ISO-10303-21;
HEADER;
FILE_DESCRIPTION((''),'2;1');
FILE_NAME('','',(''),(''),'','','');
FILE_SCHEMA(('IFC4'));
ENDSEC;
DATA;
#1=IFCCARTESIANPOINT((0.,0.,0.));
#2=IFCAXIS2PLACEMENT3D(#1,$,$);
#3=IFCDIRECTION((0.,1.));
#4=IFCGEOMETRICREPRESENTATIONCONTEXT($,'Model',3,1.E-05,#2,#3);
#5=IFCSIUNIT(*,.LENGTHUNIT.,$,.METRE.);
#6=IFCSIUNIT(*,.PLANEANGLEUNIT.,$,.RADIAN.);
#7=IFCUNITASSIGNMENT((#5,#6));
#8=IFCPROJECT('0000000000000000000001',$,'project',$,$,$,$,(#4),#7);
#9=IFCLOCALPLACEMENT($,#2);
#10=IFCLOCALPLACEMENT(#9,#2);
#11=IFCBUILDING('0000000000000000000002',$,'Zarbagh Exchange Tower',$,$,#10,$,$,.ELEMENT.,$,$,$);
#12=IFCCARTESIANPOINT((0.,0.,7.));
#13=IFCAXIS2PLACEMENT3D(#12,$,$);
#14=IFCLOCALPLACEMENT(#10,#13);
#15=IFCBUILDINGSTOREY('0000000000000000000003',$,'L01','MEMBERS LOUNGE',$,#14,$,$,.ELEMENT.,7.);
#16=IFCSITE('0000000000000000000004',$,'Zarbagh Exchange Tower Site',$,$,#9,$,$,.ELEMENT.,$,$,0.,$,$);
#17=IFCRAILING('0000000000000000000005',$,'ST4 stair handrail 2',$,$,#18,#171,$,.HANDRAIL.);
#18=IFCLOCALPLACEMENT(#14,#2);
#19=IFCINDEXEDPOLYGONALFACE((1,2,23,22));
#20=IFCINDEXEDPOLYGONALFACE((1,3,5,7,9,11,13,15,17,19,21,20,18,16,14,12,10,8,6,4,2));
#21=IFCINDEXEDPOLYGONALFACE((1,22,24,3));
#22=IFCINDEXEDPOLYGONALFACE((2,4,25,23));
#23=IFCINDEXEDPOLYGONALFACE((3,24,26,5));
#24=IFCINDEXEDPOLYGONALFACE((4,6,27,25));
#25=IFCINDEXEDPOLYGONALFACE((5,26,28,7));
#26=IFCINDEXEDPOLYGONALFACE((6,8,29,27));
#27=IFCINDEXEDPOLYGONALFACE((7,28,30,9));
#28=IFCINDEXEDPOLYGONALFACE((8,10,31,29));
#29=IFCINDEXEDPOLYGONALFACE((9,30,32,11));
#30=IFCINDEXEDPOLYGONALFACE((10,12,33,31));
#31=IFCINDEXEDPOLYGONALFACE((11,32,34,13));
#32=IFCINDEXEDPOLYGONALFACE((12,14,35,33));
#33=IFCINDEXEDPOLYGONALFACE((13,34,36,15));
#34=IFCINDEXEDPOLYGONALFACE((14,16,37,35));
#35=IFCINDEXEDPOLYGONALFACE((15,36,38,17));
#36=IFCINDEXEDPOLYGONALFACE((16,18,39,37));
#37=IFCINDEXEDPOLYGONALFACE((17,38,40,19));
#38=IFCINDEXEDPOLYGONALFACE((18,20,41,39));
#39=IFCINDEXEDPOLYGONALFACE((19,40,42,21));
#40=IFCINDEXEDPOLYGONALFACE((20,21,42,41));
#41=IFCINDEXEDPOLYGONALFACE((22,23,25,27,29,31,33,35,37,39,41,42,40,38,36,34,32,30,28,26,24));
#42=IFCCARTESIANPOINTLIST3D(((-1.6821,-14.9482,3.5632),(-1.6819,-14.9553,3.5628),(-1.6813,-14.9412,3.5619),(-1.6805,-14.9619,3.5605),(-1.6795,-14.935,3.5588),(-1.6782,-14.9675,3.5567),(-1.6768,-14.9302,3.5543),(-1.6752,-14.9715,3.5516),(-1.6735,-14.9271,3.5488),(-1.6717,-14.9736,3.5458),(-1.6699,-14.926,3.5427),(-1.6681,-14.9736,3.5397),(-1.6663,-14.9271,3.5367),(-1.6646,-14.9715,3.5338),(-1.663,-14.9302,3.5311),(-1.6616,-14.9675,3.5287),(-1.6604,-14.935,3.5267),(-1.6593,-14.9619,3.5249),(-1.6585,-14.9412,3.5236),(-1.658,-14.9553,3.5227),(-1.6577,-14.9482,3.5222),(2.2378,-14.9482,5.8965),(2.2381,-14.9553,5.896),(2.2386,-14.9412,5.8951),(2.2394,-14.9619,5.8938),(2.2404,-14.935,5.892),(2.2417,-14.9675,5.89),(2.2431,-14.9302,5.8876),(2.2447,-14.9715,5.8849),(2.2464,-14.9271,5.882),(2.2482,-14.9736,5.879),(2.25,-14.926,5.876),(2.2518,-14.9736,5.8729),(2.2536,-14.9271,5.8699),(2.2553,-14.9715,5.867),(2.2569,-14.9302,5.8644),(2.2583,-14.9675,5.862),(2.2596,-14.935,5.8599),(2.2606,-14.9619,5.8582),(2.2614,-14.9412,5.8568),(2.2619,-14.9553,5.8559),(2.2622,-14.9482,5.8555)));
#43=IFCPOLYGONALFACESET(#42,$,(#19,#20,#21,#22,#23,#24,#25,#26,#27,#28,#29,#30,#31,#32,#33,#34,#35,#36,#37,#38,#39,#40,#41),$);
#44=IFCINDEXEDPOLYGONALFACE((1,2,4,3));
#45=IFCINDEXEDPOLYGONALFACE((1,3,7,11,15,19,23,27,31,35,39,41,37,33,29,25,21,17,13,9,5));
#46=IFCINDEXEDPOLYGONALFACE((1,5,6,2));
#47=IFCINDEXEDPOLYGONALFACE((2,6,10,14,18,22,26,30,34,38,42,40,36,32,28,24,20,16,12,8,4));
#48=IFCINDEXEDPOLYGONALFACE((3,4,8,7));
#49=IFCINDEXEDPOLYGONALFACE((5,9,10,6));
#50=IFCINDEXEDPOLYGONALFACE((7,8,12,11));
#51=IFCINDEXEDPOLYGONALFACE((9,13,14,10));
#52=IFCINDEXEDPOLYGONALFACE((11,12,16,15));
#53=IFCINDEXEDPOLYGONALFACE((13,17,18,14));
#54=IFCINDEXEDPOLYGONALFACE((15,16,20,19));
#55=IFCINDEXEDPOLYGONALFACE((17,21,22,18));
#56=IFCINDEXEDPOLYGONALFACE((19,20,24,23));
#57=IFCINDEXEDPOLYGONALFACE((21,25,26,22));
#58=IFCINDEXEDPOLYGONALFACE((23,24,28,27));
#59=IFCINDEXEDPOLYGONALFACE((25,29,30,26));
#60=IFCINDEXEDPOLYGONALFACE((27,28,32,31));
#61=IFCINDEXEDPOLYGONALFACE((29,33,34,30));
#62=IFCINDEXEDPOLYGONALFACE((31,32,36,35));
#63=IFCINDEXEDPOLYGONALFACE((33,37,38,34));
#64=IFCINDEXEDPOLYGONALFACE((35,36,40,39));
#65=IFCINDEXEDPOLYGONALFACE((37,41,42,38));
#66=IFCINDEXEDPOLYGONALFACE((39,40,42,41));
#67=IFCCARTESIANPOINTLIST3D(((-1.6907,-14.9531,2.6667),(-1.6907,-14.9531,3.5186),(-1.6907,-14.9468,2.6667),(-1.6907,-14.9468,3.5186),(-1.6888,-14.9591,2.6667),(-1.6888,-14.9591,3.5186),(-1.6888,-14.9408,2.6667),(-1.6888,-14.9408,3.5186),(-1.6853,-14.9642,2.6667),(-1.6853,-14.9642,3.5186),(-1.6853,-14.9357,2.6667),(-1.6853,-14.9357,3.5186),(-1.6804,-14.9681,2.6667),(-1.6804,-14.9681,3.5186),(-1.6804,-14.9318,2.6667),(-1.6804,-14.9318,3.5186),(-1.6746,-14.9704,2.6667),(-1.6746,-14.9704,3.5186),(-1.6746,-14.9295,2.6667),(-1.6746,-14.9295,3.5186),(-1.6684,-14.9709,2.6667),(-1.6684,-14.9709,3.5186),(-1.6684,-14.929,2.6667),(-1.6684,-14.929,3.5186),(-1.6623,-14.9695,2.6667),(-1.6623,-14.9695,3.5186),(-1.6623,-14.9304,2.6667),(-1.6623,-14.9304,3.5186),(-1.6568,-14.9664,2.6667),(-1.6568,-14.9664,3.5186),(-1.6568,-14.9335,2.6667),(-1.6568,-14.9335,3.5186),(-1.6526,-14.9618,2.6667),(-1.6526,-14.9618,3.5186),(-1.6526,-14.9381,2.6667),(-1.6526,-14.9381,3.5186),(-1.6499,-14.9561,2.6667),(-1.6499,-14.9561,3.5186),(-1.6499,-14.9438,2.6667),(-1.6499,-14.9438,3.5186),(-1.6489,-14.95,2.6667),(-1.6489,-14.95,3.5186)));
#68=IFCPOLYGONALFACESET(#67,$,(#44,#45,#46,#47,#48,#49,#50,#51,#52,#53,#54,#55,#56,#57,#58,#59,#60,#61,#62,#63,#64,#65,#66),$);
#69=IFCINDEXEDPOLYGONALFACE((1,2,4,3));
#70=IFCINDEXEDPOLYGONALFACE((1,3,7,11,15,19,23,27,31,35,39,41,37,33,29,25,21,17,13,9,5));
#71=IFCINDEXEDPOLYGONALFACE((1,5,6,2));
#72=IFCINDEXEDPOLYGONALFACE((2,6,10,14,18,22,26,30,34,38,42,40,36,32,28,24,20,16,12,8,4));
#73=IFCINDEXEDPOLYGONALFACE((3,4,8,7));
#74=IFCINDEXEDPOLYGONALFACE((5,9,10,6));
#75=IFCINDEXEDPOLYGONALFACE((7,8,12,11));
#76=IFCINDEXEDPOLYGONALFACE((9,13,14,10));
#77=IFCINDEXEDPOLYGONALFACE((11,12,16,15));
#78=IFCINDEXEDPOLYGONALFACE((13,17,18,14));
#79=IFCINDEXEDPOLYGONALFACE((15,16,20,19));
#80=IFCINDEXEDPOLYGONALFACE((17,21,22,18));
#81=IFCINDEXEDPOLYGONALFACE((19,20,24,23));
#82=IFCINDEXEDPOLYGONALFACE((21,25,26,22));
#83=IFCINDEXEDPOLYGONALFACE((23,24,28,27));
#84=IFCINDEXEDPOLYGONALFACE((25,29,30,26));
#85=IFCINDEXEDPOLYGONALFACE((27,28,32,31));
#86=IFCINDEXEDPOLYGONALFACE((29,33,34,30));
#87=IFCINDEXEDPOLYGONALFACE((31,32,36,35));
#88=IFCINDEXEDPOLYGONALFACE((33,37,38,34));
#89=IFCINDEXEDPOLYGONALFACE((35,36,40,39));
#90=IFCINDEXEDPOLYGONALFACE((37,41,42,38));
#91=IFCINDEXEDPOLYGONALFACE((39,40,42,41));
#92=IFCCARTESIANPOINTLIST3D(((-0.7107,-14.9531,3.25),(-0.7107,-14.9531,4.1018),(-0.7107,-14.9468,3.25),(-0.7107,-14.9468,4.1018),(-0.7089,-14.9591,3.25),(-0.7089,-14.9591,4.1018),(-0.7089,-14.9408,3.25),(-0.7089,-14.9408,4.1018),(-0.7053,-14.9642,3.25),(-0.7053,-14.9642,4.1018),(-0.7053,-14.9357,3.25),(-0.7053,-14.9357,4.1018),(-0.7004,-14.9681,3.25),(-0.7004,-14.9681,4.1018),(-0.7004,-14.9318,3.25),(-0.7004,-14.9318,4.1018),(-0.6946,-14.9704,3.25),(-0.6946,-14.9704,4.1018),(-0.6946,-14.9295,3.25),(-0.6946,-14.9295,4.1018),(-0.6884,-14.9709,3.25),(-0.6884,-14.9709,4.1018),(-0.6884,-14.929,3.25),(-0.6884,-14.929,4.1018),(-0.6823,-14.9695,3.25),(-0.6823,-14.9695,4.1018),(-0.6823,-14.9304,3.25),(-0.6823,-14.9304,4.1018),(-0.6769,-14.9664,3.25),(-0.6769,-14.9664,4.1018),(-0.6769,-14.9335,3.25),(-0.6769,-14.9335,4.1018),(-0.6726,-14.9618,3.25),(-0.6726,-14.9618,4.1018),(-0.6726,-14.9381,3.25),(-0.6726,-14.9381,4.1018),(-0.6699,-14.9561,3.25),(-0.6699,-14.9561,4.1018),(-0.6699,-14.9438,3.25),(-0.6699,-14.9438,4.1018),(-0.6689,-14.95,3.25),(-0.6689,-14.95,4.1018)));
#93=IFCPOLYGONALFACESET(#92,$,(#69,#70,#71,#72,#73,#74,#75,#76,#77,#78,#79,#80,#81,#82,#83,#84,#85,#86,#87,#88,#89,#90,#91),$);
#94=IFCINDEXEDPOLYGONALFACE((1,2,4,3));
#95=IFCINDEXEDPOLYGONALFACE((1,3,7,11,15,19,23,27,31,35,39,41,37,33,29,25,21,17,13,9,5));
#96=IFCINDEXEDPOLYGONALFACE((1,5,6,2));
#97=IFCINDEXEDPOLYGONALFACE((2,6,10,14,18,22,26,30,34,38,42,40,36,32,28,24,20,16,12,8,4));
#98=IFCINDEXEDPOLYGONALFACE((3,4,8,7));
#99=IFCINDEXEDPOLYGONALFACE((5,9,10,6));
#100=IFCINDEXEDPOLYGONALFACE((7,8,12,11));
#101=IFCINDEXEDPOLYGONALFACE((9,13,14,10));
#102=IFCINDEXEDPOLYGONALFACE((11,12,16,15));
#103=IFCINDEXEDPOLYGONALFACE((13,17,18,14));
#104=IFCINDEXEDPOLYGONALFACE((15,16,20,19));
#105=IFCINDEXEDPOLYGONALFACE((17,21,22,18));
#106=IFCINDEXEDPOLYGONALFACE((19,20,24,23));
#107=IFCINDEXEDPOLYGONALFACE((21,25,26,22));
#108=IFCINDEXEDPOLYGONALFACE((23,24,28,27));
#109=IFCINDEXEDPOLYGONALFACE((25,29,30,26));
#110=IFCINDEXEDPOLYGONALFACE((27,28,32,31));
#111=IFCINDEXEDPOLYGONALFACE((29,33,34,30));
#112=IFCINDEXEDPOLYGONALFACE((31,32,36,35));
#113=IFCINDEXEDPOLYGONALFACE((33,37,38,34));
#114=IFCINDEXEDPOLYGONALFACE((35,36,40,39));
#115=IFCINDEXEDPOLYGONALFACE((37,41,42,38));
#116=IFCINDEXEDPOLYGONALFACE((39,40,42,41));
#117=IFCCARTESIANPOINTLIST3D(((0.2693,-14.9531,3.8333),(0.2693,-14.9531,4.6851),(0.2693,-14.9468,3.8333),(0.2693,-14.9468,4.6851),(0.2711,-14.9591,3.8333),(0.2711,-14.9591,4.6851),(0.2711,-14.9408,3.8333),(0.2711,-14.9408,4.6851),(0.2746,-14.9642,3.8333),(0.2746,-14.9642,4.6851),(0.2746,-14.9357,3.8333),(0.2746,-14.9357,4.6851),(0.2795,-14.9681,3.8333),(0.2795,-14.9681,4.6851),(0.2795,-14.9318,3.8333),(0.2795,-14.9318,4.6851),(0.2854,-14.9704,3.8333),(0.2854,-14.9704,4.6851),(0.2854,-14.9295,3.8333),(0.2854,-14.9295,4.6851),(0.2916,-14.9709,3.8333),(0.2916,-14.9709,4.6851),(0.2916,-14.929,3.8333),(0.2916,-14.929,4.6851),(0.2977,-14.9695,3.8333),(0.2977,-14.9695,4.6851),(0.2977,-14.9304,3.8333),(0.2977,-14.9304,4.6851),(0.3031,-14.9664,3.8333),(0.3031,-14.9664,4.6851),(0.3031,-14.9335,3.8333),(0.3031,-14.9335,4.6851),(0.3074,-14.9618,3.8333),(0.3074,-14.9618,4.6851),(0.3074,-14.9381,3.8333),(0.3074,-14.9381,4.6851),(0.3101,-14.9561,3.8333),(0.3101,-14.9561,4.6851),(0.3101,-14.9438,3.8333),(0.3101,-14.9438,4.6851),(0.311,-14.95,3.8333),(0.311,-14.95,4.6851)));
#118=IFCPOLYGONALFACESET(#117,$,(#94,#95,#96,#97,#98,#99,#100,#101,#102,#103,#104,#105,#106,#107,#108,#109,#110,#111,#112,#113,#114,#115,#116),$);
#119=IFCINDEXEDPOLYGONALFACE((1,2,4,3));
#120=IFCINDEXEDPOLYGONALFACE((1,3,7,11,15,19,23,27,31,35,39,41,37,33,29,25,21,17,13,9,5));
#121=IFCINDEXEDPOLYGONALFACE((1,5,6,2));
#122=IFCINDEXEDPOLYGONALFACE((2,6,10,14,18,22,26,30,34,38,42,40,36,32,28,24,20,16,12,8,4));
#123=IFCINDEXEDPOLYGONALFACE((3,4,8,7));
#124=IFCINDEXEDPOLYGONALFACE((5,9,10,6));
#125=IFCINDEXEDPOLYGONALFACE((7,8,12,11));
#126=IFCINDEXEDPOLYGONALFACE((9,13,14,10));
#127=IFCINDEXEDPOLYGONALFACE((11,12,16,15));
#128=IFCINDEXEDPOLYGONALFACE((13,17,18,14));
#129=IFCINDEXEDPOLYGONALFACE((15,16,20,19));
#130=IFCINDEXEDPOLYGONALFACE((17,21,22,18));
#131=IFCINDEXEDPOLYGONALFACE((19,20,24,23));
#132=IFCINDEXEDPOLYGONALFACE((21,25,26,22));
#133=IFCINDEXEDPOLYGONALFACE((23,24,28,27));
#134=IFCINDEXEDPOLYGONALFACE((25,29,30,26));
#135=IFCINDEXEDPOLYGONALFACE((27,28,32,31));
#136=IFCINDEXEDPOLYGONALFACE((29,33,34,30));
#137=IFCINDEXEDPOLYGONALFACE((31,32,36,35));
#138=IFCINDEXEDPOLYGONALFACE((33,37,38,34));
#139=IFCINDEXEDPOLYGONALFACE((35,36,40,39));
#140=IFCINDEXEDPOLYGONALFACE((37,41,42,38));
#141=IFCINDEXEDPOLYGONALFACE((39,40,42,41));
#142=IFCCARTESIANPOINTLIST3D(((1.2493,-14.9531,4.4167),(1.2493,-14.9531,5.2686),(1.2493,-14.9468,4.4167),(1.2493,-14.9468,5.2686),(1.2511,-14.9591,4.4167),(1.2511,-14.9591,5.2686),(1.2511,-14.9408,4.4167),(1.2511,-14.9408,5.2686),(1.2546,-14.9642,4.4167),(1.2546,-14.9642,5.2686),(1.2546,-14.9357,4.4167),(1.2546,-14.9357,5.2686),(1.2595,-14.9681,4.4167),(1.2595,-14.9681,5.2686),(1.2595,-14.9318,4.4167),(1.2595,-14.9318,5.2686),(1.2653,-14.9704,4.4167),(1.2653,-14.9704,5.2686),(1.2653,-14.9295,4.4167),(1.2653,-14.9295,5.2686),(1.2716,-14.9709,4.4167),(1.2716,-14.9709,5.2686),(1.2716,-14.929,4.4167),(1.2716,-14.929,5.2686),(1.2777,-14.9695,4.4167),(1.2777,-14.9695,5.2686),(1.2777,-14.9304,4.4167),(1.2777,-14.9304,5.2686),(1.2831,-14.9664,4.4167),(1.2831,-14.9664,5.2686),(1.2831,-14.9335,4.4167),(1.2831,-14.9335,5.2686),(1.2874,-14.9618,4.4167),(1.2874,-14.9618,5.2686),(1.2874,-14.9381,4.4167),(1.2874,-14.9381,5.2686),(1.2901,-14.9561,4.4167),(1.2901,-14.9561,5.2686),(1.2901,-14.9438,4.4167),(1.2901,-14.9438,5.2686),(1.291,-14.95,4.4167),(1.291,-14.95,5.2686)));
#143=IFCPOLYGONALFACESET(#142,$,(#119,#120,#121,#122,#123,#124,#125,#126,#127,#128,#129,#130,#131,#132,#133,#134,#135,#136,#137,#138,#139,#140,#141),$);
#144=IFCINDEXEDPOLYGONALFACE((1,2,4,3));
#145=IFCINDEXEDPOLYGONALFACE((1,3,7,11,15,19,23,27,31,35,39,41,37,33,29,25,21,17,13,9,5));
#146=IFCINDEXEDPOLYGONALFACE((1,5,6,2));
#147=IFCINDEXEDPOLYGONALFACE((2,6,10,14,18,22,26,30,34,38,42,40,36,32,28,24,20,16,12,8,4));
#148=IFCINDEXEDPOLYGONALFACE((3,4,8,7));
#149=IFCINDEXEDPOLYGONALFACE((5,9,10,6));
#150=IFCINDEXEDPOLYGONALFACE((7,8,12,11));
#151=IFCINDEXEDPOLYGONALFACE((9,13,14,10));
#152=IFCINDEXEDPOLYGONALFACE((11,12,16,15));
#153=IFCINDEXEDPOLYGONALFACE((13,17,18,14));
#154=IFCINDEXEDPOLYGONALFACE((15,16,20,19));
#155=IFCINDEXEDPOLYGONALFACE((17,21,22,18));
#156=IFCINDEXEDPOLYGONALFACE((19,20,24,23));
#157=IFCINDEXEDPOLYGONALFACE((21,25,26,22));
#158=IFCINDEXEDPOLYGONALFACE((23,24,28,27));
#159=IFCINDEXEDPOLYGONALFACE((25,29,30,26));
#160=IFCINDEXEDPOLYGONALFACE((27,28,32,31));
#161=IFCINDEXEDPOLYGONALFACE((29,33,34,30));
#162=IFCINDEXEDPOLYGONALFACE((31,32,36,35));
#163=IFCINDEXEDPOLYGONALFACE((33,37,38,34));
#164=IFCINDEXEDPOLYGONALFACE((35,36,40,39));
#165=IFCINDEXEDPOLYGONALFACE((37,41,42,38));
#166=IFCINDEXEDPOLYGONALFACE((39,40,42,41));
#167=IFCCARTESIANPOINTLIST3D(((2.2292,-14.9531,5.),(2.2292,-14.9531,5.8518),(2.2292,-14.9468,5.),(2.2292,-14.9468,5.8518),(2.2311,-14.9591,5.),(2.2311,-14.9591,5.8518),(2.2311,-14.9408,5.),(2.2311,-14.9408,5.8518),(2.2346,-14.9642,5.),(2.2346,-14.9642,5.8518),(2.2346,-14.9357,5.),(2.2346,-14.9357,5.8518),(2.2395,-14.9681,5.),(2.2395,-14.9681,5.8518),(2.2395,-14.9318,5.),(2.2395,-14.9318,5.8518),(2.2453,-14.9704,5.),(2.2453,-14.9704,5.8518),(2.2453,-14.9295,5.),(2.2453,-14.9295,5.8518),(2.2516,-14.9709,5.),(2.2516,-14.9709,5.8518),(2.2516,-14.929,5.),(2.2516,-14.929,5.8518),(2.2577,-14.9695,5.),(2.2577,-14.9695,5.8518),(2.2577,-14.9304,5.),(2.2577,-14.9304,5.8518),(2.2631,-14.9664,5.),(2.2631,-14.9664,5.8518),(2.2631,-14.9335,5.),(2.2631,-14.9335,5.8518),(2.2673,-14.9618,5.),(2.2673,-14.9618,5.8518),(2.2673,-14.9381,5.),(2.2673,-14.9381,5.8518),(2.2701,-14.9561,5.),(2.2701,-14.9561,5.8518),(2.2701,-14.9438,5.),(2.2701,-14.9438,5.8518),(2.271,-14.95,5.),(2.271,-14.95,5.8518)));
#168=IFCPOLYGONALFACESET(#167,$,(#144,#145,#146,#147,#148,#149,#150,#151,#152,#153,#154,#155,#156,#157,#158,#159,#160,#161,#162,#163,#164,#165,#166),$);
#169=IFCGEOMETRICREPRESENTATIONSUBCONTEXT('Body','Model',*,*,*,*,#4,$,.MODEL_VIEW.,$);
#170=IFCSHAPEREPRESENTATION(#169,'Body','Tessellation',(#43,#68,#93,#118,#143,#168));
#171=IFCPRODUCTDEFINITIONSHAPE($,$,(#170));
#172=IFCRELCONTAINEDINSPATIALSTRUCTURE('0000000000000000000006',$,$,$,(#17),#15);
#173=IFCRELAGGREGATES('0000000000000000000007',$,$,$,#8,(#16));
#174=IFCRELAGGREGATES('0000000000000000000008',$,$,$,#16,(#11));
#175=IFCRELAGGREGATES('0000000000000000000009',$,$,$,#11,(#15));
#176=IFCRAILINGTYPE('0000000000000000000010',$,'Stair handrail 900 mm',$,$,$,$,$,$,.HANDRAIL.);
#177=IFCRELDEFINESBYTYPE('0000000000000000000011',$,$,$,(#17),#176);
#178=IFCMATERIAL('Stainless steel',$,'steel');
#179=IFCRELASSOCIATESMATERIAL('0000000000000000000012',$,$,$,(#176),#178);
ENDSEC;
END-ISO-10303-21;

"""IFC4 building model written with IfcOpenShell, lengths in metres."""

from ifc_helpers import new_model, si_unit, direction, frame, origin, origin_2d, place, context, subcontext, project, spatial, circle, extrude, material, type_object, element, save


model = new_model("IFC4")

# Units and contexts
model_context = context("Model", 3, precision=1e-05, world=origin(), true_north=direction((0.0, 1.0)))
body_context = subcontext(model_context, "Body", "Model", "MODEL_VIEW")
ifc_project = project(units=[si_unit("LENGTHUNIT", "METRE"), si_unit("PLANEANGLEUNIT", "RADIAN")], contexts=[model_context])

# Site, building, storey
site_placement = place(None, origin())
site = spatial("IfcSite", under=ifc_project, at=site_placement, Name="Zarbagh Exchange Tower Site", CompositionType="ELEMENT", RefElevation=0.0)
building_placement = place(site_placement, origin())
building = spatial("IfcBuilding", under=site, at=building_placement, Name="Zarbagh Exchange Tower", CompositionType="ELEMENT")
storey_placement = place(building_placement, frame((0.0, 0.0, 7.0)))
storey = spatial("IfcBuildingStorey", under=building, at=storey_placement, Name="L01", Description="MEMBERS LOUNGE", CompositionType="ELEMENT", Elevation=7.0)

# Railing
ifc_material_1 = material(Name="Stainless steel", Category="steel")
railing_type_1 = type_object("IfcRailingType", Name="Stair handrail 900 mm", PredefinedType="HANDRAIL", material=ifc_material_1)
for number, where, name in (
    (1, (-1.6699, -14.95, 2.6667), "ST4 stair handrail 2"),
):
    element("IfcRailing", number, at=place(storey_placement, frame(where)), inside=storey, type_object=railing_type_1, Name=name, PredefinedType="HANDRAIL", context=body_context, shape_type="SweptSolid", body=[
        extrude(circle(Radius=0.0239, at=origin_2d()), frame((0.0, 0.0, 0.876), z_axis=(0.859296, 0.0, 0.511478), x_axis=(0.0, 1.0, 0.0)), (0.0, 0.0, 1.0), 4.5618),
        extrude(circle(Radius=0.021, at=origin_2d()), origin(), (0.0, 0.0, 1.0), 0.8518),
        extrude(circle(Radius=0.021, at=origin_2d()), frame((0.98, 0.0, 0.5833)), (0.0, 0.0, 1.0), 0.8518),
        extrude(circle(Radius=0.021, at=origin_2d()), frame((1.96, 0.0, 1.1665)), (0.0, 0.0, 1.0), 0.8518),
        extrude(circle(Radius=0.021, at=origin_2d()), frame((2.9399, 0.0, 1.75)), (0.0, 0.0, 1.0), 0.8518),
        extrude(circle(Radius=0.021, at=origin_2d()), frame((3.9199, 0.0, 2.3333)), (0.0, 0.0, 1.0), 0.8518),
    ])

save(model, "model.ifc")
